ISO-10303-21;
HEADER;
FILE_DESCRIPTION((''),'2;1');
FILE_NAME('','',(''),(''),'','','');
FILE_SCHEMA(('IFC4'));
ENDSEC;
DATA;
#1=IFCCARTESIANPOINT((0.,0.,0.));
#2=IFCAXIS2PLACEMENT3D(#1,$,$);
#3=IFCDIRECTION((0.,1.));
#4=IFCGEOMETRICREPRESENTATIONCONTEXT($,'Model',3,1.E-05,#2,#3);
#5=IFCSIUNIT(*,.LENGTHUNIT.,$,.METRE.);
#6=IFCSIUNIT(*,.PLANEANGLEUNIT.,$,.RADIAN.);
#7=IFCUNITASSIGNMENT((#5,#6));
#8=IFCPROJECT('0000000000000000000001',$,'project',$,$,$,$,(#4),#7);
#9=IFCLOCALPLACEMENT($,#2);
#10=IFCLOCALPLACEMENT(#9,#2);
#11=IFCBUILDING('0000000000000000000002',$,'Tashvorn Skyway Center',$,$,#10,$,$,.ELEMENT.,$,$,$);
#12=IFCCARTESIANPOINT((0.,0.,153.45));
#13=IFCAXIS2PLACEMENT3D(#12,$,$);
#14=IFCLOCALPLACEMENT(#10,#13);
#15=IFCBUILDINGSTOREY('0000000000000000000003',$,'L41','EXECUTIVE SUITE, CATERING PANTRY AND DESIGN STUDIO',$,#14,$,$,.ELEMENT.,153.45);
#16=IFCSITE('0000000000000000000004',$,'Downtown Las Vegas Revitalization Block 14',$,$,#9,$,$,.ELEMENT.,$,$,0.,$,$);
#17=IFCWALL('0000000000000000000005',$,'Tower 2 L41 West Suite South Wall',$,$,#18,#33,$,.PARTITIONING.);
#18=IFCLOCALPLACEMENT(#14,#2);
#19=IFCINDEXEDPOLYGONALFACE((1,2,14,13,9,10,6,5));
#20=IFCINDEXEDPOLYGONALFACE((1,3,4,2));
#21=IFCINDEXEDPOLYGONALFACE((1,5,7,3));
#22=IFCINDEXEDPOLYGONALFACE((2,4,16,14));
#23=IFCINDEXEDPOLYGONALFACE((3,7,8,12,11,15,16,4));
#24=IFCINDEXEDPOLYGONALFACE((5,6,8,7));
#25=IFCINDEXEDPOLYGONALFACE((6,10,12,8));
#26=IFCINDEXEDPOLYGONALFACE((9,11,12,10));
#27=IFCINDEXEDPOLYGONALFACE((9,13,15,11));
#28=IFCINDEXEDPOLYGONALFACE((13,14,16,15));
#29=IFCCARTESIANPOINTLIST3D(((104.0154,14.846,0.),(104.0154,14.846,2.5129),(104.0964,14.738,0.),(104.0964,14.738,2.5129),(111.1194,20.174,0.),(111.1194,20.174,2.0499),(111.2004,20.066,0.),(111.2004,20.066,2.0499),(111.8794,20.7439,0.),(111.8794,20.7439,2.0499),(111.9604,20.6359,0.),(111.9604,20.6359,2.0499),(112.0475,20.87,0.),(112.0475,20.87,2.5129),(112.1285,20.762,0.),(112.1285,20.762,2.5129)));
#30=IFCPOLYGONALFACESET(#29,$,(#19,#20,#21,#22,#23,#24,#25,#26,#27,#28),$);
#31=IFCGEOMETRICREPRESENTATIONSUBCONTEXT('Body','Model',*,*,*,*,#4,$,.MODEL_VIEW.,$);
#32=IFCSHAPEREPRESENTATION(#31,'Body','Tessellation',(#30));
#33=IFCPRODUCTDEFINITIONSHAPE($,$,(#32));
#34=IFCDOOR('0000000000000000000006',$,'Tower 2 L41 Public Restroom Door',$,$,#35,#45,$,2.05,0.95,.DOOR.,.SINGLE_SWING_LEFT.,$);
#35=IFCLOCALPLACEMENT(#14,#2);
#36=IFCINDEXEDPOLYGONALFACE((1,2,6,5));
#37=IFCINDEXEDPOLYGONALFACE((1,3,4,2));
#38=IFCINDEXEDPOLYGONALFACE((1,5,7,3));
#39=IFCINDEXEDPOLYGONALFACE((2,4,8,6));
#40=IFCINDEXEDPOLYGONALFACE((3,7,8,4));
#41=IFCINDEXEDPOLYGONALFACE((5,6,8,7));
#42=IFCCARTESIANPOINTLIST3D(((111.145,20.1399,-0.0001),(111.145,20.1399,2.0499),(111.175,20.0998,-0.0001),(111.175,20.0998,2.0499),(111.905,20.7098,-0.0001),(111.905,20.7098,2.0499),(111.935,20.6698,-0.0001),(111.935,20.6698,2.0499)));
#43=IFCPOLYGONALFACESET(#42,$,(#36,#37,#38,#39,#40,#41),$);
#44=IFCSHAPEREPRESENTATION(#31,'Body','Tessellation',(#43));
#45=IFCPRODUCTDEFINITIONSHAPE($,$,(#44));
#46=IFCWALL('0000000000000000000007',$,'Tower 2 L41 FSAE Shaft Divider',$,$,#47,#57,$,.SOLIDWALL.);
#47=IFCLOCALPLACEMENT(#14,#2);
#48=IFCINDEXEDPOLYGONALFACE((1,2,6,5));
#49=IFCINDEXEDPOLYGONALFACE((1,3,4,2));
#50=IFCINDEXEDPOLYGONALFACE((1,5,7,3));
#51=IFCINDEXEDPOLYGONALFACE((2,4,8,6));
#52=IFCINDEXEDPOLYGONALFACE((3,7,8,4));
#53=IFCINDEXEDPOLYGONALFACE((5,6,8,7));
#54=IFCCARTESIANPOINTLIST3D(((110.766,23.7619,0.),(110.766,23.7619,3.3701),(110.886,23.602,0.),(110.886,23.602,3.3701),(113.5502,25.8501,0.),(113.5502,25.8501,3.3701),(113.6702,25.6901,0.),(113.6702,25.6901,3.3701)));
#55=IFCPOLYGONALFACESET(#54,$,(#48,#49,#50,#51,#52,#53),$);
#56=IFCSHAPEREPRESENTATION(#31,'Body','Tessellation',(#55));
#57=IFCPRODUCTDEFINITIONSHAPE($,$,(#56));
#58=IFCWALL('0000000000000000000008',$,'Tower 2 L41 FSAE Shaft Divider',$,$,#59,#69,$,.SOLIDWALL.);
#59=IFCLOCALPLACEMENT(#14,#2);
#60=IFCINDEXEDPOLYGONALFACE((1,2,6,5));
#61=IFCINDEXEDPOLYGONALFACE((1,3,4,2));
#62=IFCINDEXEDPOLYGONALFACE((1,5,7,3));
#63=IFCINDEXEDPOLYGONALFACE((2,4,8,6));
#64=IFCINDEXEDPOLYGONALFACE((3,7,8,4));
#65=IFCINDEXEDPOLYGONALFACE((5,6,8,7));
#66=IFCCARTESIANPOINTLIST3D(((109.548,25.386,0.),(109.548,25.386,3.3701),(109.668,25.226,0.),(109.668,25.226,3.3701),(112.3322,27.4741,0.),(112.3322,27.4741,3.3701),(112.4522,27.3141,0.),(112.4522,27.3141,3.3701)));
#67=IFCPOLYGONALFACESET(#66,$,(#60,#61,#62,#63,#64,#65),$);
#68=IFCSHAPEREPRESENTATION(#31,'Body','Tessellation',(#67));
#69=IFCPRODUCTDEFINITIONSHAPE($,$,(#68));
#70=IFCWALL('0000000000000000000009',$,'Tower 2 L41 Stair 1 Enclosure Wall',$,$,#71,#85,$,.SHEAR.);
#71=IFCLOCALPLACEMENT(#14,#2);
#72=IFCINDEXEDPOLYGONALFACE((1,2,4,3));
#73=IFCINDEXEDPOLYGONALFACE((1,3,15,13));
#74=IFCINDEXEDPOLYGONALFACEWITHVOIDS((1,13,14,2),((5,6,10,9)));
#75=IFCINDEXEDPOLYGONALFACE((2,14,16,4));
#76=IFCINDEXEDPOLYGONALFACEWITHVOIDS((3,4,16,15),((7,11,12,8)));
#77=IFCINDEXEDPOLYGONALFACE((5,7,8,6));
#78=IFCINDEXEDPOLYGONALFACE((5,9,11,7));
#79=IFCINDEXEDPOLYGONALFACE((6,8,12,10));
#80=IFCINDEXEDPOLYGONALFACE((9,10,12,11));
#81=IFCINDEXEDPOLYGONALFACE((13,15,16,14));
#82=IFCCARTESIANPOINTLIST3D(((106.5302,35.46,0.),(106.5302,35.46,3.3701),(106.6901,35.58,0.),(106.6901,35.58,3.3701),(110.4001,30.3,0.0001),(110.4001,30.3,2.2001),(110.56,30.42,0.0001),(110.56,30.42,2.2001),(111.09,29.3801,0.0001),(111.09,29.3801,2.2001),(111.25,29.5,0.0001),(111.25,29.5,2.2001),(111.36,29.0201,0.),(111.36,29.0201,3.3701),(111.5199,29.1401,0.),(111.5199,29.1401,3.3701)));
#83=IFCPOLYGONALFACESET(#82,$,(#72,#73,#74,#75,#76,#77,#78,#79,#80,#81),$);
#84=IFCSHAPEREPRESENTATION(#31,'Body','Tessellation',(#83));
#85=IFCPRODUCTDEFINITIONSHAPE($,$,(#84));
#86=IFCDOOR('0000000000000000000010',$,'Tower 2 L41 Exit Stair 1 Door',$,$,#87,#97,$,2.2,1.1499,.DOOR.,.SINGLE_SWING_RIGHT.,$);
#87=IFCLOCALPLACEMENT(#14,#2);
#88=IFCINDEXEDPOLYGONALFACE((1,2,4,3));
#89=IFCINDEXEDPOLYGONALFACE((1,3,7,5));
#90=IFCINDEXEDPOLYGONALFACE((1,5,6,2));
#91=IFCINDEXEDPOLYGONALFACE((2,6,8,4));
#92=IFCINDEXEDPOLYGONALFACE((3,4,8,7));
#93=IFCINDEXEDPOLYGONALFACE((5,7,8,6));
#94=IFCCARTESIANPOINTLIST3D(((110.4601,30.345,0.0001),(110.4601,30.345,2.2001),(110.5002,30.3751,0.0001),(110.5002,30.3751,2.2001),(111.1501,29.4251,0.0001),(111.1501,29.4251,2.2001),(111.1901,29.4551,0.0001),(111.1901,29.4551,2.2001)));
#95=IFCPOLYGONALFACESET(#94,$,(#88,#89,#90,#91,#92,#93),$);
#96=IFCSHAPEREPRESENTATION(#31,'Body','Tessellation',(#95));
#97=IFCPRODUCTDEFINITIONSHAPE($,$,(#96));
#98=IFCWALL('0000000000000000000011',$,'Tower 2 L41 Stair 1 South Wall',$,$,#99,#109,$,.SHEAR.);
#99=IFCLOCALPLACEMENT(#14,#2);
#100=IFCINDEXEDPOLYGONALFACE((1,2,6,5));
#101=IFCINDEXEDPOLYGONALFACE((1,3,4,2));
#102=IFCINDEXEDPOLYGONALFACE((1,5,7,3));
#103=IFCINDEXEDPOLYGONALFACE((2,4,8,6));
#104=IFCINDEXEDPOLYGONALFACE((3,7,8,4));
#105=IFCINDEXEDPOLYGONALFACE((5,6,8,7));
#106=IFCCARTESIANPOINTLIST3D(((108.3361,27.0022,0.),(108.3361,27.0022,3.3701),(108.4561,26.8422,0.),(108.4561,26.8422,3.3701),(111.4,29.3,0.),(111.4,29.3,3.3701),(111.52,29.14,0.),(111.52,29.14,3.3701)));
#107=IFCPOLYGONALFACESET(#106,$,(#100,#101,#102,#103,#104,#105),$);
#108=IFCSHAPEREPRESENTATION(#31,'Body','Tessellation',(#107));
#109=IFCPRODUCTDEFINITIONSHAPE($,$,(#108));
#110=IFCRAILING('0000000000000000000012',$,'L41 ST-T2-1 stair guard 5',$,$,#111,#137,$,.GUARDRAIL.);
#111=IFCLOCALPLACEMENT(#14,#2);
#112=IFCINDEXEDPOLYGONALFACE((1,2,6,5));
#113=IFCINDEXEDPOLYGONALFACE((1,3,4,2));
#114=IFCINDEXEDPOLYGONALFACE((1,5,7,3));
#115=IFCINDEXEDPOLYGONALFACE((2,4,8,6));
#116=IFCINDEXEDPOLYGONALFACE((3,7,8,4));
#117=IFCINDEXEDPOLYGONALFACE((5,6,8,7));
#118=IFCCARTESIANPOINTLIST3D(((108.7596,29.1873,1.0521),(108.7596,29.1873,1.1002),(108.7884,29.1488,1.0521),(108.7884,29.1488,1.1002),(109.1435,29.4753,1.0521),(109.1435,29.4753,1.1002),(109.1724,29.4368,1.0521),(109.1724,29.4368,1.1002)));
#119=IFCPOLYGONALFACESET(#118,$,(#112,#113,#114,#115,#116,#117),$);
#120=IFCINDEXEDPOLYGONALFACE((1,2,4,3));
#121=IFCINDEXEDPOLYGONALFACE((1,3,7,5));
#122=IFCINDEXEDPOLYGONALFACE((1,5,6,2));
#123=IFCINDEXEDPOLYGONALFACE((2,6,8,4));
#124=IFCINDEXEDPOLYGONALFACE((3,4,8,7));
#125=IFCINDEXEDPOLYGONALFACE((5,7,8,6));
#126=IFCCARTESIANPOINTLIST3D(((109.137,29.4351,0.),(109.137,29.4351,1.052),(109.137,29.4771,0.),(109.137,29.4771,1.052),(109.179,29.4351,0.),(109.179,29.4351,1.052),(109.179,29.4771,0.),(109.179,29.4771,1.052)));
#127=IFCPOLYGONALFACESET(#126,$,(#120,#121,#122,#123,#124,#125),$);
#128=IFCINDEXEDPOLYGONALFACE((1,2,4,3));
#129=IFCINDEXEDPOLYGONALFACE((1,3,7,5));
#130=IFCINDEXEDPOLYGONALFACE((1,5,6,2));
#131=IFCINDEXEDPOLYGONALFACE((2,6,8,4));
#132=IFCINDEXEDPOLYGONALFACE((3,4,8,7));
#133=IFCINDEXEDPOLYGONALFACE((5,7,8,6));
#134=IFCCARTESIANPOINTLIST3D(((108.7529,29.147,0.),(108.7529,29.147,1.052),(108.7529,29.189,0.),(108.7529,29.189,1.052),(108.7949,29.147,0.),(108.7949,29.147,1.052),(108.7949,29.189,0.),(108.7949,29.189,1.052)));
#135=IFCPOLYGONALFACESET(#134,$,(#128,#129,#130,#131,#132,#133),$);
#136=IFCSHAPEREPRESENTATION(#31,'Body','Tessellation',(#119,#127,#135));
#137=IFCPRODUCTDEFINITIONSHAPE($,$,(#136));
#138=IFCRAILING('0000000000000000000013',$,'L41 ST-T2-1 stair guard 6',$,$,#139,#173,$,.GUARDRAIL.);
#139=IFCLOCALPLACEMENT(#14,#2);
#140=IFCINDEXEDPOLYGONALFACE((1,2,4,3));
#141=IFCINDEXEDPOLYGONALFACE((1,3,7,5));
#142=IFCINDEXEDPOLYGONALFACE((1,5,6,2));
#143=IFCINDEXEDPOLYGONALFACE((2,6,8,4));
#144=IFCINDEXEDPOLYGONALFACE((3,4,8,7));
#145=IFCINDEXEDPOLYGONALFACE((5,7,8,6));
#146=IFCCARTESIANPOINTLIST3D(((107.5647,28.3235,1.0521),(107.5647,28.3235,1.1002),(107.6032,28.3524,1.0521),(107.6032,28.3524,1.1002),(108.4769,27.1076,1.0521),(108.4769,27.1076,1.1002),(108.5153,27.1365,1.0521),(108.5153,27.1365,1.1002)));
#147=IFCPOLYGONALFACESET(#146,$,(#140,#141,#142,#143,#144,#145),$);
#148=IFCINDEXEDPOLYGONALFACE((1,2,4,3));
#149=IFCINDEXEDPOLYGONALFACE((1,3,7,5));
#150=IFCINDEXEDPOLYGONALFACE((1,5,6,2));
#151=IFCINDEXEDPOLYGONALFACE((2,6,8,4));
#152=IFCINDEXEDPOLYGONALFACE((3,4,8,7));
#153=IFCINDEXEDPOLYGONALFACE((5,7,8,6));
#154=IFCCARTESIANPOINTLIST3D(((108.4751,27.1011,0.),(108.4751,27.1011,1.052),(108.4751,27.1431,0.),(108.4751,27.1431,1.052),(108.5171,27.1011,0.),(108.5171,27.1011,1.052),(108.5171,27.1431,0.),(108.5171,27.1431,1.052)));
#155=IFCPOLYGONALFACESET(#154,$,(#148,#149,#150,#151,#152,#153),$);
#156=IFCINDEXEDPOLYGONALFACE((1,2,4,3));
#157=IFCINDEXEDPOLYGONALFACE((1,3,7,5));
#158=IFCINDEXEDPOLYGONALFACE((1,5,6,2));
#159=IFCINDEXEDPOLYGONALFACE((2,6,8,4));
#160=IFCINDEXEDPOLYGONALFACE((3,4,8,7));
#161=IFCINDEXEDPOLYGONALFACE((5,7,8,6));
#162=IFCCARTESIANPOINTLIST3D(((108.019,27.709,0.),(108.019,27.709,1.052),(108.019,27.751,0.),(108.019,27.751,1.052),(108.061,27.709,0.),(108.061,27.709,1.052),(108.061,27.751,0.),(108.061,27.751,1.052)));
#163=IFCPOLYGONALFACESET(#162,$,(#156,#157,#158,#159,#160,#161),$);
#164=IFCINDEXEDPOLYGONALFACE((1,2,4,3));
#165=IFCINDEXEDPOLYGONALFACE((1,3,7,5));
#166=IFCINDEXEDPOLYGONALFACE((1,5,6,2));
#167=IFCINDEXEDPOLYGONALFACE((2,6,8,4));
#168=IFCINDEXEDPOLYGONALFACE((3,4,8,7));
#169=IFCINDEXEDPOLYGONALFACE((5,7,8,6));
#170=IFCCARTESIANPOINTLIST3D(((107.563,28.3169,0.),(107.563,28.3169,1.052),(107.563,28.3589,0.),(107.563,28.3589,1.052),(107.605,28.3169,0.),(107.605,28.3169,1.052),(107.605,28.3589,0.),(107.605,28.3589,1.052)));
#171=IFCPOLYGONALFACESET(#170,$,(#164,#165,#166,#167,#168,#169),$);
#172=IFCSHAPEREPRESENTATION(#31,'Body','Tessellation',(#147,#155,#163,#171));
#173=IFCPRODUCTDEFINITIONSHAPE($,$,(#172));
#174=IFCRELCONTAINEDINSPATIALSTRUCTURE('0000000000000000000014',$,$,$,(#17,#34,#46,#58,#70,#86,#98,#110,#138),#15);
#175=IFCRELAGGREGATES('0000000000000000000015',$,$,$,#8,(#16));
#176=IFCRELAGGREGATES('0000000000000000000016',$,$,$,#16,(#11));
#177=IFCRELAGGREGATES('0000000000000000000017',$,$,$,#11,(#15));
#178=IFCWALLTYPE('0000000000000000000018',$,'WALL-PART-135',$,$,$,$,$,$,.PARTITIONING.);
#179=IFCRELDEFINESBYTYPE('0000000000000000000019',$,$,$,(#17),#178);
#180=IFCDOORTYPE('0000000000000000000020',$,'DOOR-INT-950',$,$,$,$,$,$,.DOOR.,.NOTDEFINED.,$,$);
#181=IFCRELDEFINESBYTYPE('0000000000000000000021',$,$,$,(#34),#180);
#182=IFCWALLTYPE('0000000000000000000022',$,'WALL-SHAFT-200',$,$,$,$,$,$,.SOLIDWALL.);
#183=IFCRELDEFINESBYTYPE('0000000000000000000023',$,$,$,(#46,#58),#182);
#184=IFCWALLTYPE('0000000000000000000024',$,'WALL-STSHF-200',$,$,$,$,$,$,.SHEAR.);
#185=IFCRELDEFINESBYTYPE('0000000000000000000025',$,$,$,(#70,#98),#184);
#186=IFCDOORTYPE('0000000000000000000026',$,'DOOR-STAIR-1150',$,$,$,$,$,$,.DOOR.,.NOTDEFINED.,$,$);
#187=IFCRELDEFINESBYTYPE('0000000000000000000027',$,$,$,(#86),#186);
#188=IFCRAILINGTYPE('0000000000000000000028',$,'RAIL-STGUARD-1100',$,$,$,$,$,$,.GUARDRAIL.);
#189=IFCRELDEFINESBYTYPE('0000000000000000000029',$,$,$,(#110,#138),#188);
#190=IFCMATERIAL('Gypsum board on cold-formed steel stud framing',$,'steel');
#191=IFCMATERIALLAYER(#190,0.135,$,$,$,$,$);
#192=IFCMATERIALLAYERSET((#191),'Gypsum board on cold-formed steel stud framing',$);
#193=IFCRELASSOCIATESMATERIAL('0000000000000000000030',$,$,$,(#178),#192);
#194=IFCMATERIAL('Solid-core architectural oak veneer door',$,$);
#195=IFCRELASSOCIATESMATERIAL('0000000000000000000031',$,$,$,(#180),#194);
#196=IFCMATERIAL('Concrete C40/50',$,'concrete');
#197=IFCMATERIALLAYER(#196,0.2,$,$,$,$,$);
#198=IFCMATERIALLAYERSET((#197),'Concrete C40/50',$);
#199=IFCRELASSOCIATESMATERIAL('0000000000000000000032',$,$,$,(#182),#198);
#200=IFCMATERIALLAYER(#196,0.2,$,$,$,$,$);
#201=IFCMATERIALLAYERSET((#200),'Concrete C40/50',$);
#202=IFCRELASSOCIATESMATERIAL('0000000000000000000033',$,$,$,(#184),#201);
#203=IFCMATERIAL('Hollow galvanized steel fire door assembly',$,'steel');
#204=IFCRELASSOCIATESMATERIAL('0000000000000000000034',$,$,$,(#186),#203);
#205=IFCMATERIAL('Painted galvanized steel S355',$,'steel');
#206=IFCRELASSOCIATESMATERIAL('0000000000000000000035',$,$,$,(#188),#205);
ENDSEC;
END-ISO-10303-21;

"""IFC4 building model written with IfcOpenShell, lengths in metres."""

from ifc_helpers import new_model, si_unit, direction, frame, frame_2d, origin, origin_2d, place, context, subcontext, project, spatial, rectangle, extrude, material, layer, layer_set, type_object, element, fill, save


model = new_model("IFC4")

# Units and contexts
model_context = context("Model", 3, precision=1e-05, world=origin(), true_north=direction((0.0, 1.0)))
body_context = subcontext(model_context, "Body", "Model", "MODEL_VIEW")
ifc_project = project(units=[si_unit("LENGTHUNIT", "METRE"), si_unit("PLANEANGLEUNIT", "RADIAN")], contexts=[model_context])

# Site, building, storey
site_placement = place(None, origin())
site = spatial("IfcSite", under=ifc_project, at=site_placement, Name="Downtown Las Vegas Revitalization Block 14", CompositionType="ELEMENT", RefElevation=0.0)
building_placement = place(site_placement, origin())
building = spatial("IfcBuilding", under=site, at=building_placement, Name="Tashvorn Skyway Center", CompositionType="ELEMENT")
storey_placement = place(building_placement, frame((0.0, 0.0, 153.45)))
storey = spatial("IfcBuildingStorey", under=building, at=storey_placement, Name="L41", Description="EXECUTIVE SUITE, CATERING PANTRY AND DESIGN STUDIO", CompositionType="ELEMENT", Elevation=153.45)

# Shared definitions
ifc_material_1 = material(Name="Concrete C40/50", Category="concrete")
ifc_material_2 = material(Name="Hollow galvanized steel fire door assembly", Category="steel")

# Shared definitions
ifc_material_3 = material(Name="Gypsum board on cold-formed steel stud framing", Category="steel")
ifc_layer_1 = layer(ifc_material_3, 0.135)
ifc_layer_set_1 = layer_set([ifc_layer_1], Name="Gypsum board on cold-formed steel stud framing")
wall_type_1 = type_object("IfcWallType", Name="WALL-PART-135", PredefinedType="PARTITIONING", material=ifc_layer_set_1)

# Wall, opening, door
wall_1_placement = place(storey_placement, frame((104.0559, 14.792, 0.0), z_axis=(0.0, 0.0, 1.0), x_axis=(0.800003, 0.599996, 0.0)))
wall_1 = element("IfcWall", 1, at=wall_1_placement, inside=storey, type_object=wall_type_1, Name="Tower 2 L41 West Suite South Wall", PredefinedType="PARTITIONING", context=body_context, shape_type="SweptSolid", body=[
    extrude(rectangle(XDim=10.04, YDim=0.135, at=frame_2d((5.02, 0.0))), origin(), (0.0, 0.0, 1.0), 2.5129),
])
opening_1_placement = place(wall_1_placement, frame((8.8799, 0.0, 0.0)))
opening_1 = element("IfcOpeningElement", 2, at=opening_1_placement, cuts=wall_1, PredefinedType="OPENING", context=body_context, shape_type="SweptSolid", body=[
    extrude(rectangle(XDim=0.95, YDim=2.05, at=frame_2d((0.4751, 1.0249))), frame((0.0, 0.0774, 0.0), z_axis=(0.0, -1.0, 0.0), x_axis=(1.0, 0.0, 0.0)), (0.0, 0.0, 1.0), 0.155),
])
ifc_material_4 = material(Name="Solid-core architectural oak veneer door")
door_type_1 = type_object("IfcDoorType", Name="DOOR-INT-950", OperationType="NOTDEFINED", PredefinedType="DOOR", material=ifc_material_4)
door_1_placement = place(opening_1_placement, origin())
door_1 = element("IfcDoor", 3, at=door_1_placement, inside=storey, type_object=door_type_1, Name="Tower 2 L41 Public Restroom Door", OperationType="SINGLE_SWING_LEFT", OverallHeight=2.05, OverallWidth=0.95, PredefinedType="DOOR", context=body_context, shape_type="SweptSolid", body=[
    extrude(rectangle(XDim=0.95, YDim=2.05, at=frame_2d((0.4751, 1.0249))), frame((0.0, 0.0249, 0.0), z_axis=(0.0, -1.0, 0.0), x_axis=(1.0, 0.0, 0.0)), (0.0, 0.0, 1.0), 0.05),
])
fill(opening_1, door_1)

# Walls
ifc_layer_2 = layer(ifc_material_1, 0.2)
ifc_layer_set_2 = layer_set([ifc_layer_2], Name="Concrete C40/50")
wall_type_2 = type_object("IfcWallType", Name="WALL-SHAFT-200", PredefinedType="SOLIDWALL", material=ifc_layer_set_2)
for number, where, z_axis, x_axis, name in (
    (4, (110.8259, 23.6819, 0.0), (0.0, 0.0, 1.0), (0.8, 0.6, 0.0), "Tower 2 L41 FSAE Shaft Divider"),
    (5, (109.6079, 25.3059, 0.0), (0.0, 0.0, 1.0), (0.8, 0.6, 0.0), "Tower 2 L41 FSAE Shaft Divider"),
):
    element("IfcWall", number, at=place(storey_placement, frame(where, z_axis=z_axis, x_axis=x_axis)), inside=storey, type_object=wall_type_2, Name=name, PredefinedType="SOLIDWALL", context=body_context, shape_type="SweptSolid", body=[
        extrude(rectangle(XDim=3.4802, YDim=0.2, at=frame_2d((1.7402, 0.0))), origin(), (0.0, 0.0, 1.0), 3.3701),
    ])

# Wall, opening, door
ifc_layer_3 = layer(ifc_material_1, 0.2)
ifc_layer_set_3 = layer_set([ifc_layer_3], Name="Concrete C40/50")
wall_type_3 = type_object("IfcWallType", Name="WALL-STSHF-200", PredefinedType="SHEAR", material=ifc_layer_set_3)
wall_2_placement = place(storey_placement, frame((111.4399, 29.0801, 0.0), z_axis=(0.0, 0.0, 1.0), x_axis=(-0.59999, 0.800007, 0.0)))
wall_2 = element("IfcWall", 6, at=wall_2_placement, inside=storey, type_object=wall_type_3, Name="Tower 2 L41 Stair 1 Enclosure Wall", PredefinedType="SHEAR", context=body_context, shape_type="SweptSolid", body=[
    extrude(rectangle(XDim=8.0498, YDim=0.2, at=frame_2d((4.0249, 0.0))), origin(), (0.0, 0.0, 1.0), 3.3701),
])
opening_2_placement = place(wall_2_placement, frame((0.45, 0.0, 0.0)))
opening_2 = element("IfcOpeningElement", 7, at=opening_2_placement, cuts=wall_2, PredefinedType="OPENING", context=body_context, shape_type="SweptSolid", body=[
    extrude(rectangle(XDim=1.1499, YDim=2.2, at=frame_2d((0.575, 1.1001))), frame((0.0, 0.1099, 0.0), z_axis=(0.0, -1.0, 0.0), x_axis=(1.0, 0.0, 0.0)), (0.0, 0.0, 1.0), 0.22),
])
door_type_2 = type_object("IfcDoorType", Name="DOOR-STAIR-1150", OperationType="NOTDEFINED", PredefinedType="DOOR", material=ifc_material_2)
door_2_placement = place(opening_2_placement, origin())
door_2 = element("IfcDoor", 8, at=door_2_placement, inside=storey, type_object=door_type_2, Name="Tower 2 L41 Exit Stair 1 Door", OperationType="SINGLE_SWING_RIGHT", OverallHeight=2.2, OverallWidth=1.1499, PredefinedType="DOOR", context=body_context, shape_type="SweptSolid", body=[
    extrude(rectangle(XDim=1.1499, YDim=2.2, at=frame_2d((0.575, 1.1001))), frame((0.0, 0.0249, 0.0), z_axis=(0.0, -1.0, 0.0), x_axis=(1.0, 0.0, 0.0)), (0.0, 0.0, 1.0), 0.05),
])
fill(opening_2, door_2)

# Wall
wall_3_placement = place(storey_placement, frame((108.396, 26.9221, 0.0), z_axis=(0.0, 0.0, 1.0), x_axis=(0.800015, 0.59998, 0.0)))
element("IfcWall", 9, at=wall_3_placement, inside=storey, type_object=wall_type_3, Name="Tower 2 L41 Stair 1 South Wall", PredefinedType="SHEAR", context=body_context, shape_type="SweptSolid", body=[
    extrude(rectangle(XDim=3.8298, YDim=0.2, at=frame_2d((1.915, 0.0))), origin(), (0.0, 0.0, 1.0), 3.3701),
])

# Railings
ifc_material_5 = material(Name="Painted galvanized steel S355", Category="steel")
railing_type = type_object("IfcRailingType", Name="RAIL-STGUARD-1100", PredefinedType="GUARDRAIL", material=ifc_material_5)
railing_1_placement = place(storey_placement, frame((109.158, 29.4561, 0.0)))
element("IfcRailing", 10, at=railing_1_placement, inside=storey, type_object=railing_type, Name="L41 ST-T2-1 stair guard 5", PredefinedType="GUARDRAIL", context=body_context, shape_type="SweptSolid", body=[
    extrude(rectangle(XDim=0.0481, YDim=0.0481, at=origin_2d()), frame((0.0, 0.0, 1.0762), z_axis=(-0.799939, -0.600081, 0.0), x_axis=(0.600081, -0.799939, 0.0)), (0.0, 0.0, 1.0), 0.48),
    extrude(rectangle(XDim=0.042, YDim=0.042, at=origin_2d()), origin(), (0.0, 0.0, 1.0), 1.052),
    extrude(rectangle(XDim=0.042, YDim=0.042, at=origin_2d()), frame((-0.384, -0.2881, 0.0)), (0.0, 0.0, 1.0), 1.052),
])
railing_2_placement = place(storey_placement, frame((108.4961, 27.1221, 0.0)))
element("IfcRailing", 11, at=railing_2_placement, inside=storey, type_object=railing_type, Name="L41 ST-T2-1 stair guard 6", PredefinedType="GUARDRAIL", context=body_context, shape_type="SweptSolid", body=[
    extrude(rectangle(XDim=0.0481, YDim=0.0481, at=origin_2d()), frame((0.0, 0.0, 1.0762), z_axis=(-0.600103, 0.799923, 0.0), x_axis=(-0.799923, -0.600103, 0.0)), (0.0, 0.0, 1.0), 1.52),
    extrude(rectangle(XDim=0.042, YDim=0.042, at=origin_2d()), origin(), (0.0, 0.0, 1.0), 1.052),
    extrude(rectangle(XDim=0.042, YDim=0.042, at=origin_2d()), frame((-0.4561, 0.6079, 0.0)), (0.0, 0.0, 1.0), 1.052),
    extrude(rectangle(XDim=0.042, YDim=0.042, at=origin_2d()), frame((-0.9121, 1.2158, 0.0)), (0.0, 0.0, 1.0), 1.052),
])

save(model, "model.ifc")
